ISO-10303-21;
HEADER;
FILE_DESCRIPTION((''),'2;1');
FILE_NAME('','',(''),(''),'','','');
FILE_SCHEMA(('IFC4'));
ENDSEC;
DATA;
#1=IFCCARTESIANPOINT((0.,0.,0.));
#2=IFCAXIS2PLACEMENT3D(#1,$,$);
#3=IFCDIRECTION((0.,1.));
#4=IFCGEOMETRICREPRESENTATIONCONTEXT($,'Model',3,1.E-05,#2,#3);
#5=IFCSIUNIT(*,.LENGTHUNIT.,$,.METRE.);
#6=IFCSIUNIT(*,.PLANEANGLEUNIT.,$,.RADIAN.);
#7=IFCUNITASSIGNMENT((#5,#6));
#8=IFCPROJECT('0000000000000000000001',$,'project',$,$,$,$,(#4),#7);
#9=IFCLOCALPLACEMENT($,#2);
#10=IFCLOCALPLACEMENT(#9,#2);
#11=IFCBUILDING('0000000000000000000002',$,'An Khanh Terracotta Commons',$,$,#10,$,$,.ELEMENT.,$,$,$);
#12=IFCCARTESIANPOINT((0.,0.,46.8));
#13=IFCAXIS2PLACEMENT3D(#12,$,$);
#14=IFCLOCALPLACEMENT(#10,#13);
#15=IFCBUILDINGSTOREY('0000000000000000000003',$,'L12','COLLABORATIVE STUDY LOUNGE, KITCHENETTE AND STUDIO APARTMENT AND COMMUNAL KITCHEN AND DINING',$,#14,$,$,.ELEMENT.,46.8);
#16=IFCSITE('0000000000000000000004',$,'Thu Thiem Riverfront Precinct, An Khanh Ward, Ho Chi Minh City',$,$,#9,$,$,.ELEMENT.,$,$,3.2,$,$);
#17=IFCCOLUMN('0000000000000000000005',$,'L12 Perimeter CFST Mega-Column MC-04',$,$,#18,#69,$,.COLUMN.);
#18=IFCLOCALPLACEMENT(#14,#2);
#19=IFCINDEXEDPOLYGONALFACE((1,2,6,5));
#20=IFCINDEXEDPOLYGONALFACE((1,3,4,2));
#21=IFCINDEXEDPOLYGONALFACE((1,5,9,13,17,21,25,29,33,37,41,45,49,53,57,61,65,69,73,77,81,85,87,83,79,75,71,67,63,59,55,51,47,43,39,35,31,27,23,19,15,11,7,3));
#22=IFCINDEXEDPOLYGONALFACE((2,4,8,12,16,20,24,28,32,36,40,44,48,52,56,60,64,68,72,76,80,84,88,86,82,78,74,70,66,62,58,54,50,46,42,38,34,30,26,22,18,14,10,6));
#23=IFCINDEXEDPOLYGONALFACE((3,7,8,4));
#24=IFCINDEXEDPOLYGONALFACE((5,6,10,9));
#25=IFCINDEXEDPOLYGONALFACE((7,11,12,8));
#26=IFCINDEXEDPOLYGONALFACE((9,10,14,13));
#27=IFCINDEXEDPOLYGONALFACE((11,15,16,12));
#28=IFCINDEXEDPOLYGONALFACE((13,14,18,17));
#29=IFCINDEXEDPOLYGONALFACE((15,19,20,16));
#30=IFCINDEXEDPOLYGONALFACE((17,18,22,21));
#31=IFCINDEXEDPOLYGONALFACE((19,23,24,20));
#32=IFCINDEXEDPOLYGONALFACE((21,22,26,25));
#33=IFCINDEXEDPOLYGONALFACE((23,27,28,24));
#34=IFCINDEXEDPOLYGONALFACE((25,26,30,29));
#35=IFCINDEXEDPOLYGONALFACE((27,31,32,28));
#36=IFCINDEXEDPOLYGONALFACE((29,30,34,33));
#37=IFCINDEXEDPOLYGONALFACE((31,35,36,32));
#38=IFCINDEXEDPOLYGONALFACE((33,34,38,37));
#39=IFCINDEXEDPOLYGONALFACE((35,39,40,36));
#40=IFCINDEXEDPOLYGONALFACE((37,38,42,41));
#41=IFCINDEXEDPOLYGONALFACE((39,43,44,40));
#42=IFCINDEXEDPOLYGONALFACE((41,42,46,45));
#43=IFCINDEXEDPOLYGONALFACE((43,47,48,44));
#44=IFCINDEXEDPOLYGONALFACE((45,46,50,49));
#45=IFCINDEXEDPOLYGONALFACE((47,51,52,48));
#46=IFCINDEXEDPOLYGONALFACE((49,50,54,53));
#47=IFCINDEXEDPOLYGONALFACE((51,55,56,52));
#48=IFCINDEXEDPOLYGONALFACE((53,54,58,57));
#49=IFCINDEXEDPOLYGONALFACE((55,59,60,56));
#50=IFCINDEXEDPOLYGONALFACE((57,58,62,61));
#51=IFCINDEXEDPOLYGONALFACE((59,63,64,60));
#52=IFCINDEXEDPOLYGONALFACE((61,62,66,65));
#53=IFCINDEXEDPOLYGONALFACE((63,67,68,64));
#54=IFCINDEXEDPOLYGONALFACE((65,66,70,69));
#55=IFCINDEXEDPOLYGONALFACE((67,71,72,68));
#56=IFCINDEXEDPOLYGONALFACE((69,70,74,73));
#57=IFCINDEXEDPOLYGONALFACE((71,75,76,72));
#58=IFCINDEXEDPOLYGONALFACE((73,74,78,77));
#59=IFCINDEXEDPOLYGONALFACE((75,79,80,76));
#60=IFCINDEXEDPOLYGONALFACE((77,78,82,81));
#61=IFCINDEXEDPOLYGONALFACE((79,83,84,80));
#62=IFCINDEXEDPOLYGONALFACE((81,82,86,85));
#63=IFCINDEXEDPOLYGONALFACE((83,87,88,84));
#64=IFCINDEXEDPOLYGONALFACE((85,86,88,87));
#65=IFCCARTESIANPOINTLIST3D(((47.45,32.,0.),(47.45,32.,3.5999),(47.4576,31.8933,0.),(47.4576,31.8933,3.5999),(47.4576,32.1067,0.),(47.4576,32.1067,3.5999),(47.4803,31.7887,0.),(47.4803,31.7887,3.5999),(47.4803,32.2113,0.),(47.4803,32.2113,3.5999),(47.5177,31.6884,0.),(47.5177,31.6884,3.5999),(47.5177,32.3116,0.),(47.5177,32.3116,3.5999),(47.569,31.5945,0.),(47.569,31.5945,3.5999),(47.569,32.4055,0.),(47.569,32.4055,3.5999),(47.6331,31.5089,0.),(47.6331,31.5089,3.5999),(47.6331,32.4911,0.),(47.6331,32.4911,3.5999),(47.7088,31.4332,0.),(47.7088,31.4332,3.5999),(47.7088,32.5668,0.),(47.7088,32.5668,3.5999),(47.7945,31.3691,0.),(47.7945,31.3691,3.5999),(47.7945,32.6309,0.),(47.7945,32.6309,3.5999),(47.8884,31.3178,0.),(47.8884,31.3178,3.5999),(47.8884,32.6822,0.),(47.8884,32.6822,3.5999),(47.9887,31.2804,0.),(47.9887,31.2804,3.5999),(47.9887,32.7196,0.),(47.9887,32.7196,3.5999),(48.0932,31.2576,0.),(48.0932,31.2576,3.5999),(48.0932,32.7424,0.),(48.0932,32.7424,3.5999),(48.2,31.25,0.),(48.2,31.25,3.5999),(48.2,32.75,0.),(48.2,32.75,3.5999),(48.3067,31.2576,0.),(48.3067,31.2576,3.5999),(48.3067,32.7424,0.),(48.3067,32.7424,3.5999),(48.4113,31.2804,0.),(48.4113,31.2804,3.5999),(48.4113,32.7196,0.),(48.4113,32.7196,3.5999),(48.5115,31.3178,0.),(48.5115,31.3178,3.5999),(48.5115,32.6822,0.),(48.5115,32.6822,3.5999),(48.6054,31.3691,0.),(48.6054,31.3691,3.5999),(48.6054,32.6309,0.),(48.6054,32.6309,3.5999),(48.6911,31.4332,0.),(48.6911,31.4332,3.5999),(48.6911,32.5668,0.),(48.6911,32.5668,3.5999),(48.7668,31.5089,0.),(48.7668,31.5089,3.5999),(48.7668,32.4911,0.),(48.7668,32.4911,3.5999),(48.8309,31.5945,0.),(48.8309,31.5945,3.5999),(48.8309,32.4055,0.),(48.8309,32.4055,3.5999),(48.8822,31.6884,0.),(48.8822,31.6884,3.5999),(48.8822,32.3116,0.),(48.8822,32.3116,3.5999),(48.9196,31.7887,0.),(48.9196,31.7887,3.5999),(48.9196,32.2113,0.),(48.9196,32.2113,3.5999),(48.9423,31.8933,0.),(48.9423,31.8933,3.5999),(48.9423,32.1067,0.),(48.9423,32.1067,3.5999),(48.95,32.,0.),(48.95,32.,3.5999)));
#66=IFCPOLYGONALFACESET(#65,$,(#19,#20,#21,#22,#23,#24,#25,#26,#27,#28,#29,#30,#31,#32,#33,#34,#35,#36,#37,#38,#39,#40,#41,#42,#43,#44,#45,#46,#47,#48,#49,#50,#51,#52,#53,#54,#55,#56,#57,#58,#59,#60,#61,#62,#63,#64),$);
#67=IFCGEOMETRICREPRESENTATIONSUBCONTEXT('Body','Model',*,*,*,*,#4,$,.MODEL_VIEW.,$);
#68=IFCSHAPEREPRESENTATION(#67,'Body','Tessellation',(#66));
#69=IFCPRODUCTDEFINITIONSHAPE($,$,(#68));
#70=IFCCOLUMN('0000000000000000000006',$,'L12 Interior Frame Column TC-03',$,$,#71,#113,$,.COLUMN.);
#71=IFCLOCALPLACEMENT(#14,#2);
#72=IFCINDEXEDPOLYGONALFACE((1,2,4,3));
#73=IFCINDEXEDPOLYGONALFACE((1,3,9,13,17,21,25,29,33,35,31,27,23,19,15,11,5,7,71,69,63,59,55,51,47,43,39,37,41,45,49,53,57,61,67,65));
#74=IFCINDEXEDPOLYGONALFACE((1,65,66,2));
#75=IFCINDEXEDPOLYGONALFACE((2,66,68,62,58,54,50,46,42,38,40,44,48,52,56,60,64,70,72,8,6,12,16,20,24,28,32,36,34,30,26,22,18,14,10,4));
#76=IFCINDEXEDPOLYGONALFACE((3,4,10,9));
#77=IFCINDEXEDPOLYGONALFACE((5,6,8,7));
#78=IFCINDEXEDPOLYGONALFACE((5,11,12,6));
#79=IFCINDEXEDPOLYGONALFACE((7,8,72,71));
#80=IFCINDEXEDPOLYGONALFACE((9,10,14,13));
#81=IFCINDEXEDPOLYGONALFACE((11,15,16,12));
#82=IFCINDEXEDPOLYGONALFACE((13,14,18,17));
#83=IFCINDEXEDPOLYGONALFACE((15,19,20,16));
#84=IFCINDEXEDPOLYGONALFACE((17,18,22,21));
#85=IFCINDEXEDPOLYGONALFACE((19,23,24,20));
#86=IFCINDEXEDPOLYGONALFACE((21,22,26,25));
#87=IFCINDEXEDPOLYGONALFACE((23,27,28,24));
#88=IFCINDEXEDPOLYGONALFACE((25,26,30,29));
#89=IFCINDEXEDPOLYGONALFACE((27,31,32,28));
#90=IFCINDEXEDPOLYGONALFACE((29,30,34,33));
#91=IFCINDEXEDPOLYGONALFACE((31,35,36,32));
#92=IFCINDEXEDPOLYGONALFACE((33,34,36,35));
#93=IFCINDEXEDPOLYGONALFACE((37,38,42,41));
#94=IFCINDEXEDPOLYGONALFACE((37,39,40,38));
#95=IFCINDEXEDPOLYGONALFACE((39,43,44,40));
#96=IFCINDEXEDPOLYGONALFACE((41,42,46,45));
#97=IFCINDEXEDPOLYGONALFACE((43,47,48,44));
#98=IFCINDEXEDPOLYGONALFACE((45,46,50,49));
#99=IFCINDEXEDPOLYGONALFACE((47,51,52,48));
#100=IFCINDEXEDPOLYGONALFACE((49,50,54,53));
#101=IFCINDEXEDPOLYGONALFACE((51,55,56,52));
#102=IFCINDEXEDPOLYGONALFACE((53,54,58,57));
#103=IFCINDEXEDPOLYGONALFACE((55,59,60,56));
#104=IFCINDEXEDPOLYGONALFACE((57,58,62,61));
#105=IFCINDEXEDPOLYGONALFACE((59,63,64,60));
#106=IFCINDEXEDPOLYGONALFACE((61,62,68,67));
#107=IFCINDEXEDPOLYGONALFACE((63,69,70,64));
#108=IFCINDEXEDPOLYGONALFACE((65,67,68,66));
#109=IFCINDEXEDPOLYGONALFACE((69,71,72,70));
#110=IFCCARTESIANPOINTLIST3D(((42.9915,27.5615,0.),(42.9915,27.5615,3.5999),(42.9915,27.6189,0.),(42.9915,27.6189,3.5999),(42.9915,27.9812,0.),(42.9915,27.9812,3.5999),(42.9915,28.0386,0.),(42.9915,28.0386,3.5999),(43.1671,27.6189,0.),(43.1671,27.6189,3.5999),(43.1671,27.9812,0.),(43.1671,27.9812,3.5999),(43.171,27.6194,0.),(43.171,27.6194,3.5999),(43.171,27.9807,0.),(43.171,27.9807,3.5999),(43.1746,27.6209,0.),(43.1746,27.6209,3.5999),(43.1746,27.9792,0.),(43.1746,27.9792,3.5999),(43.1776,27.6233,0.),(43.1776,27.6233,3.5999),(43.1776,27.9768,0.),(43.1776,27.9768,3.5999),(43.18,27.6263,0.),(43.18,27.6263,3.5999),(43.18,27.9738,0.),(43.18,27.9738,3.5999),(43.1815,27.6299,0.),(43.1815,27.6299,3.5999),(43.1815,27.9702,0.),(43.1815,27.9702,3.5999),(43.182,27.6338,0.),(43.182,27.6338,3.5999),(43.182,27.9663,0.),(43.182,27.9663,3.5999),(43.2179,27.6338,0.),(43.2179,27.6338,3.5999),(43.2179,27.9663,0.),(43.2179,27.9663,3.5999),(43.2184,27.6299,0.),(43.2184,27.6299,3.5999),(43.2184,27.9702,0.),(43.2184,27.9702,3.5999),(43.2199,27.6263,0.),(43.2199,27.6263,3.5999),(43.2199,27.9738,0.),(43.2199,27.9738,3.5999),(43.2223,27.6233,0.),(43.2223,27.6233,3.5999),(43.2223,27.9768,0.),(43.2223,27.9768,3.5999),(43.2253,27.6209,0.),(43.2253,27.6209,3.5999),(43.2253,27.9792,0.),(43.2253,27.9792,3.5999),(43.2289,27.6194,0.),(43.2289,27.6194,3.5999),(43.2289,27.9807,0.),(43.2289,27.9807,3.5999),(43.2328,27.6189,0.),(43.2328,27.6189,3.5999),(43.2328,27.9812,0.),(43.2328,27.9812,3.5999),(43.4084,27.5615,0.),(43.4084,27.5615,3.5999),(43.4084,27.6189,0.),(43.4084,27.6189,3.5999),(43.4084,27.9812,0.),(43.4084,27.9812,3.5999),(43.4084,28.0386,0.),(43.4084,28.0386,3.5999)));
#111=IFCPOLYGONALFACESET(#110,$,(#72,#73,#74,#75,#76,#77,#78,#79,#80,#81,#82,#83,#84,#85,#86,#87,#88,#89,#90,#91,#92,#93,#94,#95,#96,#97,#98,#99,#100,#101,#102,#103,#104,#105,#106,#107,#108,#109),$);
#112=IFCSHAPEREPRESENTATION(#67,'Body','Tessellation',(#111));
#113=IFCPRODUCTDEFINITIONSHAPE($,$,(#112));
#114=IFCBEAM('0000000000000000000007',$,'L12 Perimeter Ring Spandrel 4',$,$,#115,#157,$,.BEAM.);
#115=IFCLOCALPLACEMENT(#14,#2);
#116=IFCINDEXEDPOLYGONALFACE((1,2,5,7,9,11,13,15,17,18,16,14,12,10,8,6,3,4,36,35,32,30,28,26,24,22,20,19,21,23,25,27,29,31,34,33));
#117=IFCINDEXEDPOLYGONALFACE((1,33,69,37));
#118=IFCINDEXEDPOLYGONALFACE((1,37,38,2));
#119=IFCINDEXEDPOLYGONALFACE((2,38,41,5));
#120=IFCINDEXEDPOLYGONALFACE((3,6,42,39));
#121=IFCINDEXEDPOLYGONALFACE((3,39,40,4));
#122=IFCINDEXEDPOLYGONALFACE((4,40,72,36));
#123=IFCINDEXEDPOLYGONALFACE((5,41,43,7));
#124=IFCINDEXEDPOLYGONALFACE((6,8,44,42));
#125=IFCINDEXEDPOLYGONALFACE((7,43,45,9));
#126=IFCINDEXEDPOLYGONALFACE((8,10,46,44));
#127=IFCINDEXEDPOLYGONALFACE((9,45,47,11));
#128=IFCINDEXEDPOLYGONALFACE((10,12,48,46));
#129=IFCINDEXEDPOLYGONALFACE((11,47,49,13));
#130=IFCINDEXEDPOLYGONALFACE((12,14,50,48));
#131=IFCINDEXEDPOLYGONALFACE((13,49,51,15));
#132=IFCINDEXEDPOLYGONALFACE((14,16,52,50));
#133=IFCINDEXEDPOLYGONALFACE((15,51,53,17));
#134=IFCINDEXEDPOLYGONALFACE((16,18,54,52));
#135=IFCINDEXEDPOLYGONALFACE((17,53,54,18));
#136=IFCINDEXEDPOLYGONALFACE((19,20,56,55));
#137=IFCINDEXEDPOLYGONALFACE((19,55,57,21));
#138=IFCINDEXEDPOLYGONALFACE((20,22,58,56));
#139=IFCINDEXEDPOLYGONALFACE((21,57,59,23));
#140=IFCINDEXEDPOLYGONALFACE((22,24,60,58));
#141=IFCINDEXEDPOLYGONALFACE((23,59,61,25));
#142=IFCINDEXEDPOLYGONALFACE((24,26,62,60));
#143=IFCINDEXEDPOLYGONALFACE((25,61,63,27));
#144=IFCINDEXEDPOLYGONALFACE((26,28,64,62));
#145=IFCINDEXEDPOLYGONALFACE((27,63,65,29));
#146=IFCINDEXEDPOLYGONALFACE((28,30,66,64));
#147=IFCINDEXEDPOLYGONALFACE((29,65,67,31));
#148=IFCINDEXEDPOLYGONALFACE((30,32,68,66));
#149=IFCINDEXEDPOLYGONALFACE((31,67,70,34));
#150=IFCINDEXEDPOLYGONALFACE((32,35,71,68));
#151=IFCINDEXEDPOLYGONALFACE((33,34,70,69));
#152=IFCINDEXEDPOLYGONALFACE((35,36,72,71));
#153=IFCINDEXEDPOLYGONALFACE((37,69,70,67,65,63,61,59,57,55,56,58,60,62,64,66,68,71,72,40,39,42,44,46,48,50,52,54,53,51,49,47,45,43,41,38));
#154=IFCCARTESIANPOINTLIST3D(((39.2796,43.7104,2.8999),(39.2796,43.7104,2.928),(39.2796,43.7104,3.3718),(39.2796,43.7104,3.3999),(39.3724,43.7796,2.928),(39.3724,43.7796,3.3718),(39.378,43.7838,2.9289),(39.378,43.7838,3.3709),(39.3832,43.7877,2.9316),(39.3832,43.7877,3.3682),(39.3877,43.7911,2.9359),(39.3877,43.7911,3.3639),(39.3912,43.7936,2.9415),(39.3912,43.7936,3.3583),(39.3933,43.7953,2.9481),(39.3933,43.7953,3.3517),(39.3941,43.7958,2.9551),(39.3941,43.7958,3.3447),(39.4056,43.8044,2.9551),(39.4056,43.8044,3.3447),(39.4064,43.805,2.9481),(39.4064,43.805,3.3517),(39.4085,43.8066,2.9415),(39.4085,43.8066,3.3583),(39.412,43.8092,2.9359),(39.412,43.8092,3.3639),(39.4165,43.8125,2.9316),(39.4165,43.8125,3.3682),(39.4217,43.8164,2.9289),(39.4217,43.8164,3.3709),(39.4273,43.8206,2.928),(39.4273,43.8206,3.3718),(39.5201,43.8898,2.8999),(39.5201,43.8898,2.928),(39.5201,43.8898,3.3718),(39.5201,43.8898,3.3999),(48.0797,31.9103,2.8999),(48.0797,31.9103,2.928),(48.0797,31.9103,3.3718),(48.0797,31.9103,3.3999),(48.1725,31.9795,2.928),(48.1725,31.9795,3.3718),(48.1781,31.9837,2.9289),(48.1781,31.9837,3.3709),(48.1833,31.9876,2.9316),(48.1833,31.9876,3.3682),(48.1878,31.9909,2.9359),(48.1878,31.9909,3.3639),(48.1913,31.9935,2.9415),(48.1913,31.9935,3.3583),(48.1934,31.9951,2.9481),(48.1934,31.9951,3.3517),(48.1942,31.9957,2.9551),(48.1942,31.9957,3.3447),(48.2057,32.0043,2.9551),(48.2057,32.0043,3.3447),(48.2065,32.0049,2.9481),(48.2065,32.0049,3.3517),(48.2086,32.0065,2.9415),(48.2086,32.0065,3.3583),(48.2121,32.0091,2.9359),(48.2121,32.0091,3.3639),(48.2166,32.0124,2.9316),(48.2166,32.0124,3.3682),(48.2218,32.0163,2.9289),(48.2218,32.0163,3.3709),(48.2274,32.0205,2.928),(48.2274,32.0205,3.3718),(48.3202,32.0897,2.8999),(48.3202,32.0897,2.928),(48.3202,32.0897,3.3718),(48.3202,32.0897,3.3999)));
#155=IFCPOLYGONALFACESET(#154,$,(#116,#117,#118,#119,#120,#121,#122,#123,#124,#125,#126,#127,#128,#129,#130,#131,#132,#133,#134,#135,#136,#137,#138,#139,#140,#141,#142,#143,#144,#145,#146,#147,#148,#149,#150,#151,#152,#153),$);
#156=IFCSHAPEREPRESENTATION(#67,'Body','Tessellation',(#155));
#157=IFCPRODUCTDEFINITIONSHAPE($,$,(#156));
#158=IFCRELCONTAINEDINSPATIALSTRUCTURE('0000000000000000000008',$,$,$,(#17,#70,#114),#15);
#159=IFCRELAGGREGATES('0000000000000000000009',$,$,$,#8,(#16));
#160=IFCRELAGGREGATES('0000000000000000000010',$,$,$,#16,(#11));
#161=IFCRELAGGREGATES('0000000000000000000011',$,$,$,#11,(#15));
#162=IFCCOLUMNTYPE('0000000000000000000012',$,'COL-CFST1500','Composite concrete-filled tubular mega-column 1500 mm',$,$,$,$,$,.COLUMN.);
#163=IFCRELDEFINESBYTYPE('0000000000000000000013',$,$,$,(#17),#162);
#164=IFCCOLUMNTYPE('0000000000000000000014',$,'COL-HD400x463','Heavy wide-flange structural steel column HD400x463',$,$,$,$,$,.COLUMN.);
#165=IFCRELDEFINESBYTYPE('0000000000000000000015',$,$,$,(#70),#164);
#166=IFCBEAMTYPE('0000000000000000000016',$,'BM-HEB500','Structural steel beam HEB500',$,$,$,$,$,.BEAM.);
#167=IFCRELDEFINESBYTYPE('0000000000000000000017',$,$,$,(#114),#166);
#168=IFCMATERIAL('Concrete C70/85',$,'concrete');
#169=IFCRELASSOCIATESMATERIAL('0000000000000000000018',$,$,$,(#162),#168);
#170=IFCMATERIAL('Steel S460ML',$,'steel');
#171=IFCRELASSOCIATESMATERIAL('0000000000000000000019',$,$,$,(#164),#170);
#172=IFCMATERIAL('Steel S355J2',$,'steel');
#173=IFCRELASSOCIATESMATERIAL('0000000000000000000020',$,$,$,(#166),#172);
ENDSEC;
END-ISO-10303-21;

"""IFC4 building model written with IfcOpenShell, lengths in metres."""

from ifc_helpers import new_model, si_unit, direction, frame, origin, origin_2d, place, context, subcontext, project, spatial, circle, i_section, extrude, material, material_profile, profile_set, type_object, element, save


model = new_model("IFC4")

# Units and contexts
model_context = context("Model", 3, precision=1e-05, world=origin(), true_north=direction((0.0, 1.0)))
body_context = subcontext(model_context, "Body", "Model", "MODEL_VIEW")
ifc_project = project(units=[si_unit("LENGTHUNIT", "METRE"), si_unit("PLANEANGLEUNIT", "RADIAN")], contexts=[model_context])

# Site, building, storey
site_placement = place(None, origin())
site = spatial("IfcSite", under=ifc_project, at=site_placement, Name="Thu Thiem Riverfront Precinct, An Khanh Ward, Ho Chi Minh City", CompositionType="ELEMENT", RefElevation=3.2)
building_placement = place(site_placement, origin())
building = spatial("IfcBuilding", under=site, at=building_placement, Name="An Khanh Terracotta Commons", CompositionType="ELEMENT")
storey_placement = place(building_placement, frame((0.0, 0.0, 46.8)))
storey = spatial("IfcBuildingStorey", under=building, at=storey_placement, Name="L12", Description="COLLABORATIVE STUDY LOUNGE, KITCHENETTE AND STUDIO APARTMENT AND COMMUNAL KITCHEN AND DINING", CompositionType="ELEMENT", Elevation=46.8)

# Columns
ifc_material_1 = material(Name="Concrete C70/85", Category="concrete")
ifc_material_profile_1 = material_profile(ifc_material_1, circle(Radius=0.75, at=origin_2d()), Name="CFST1500")
ifc_profile_set_1 = profile_set([ifc_material_profile_1], Name="Concrete C70/85")
column_type_1 = type_object("IfcColumnType", Name="COL-CFST1500", Description="Composite concrete-filled tubular mega-column 1500 mm", PredefinedType="COLUMN", material=ifc_profile_set_1)
column_1_placement = place(storey_placement, frame((48.2, 32.0, 0.0), z_axis=(0.0, 0.0, 1.0), x_axis=(1.0, 0.0, 0.0)))
element("IfcColumn", 1, at=column_1_placement, inside=storey, type_object=column_type_1, Name="L12 Perimeter CFST Mega-Column MC-04", PredefinedType="COLUMN", context=body_context, shape_type="SweptSolid", body=[
    extrude(circle(Radius=0.75, at=origin_2d()), origin(), (0.0, 0.0, 1.0), 3.5999),
])
ifc_material_2 = material(Name="Steel S460ML", Category="steel")
ifc_material_profile_2 = material_profile(ifc_material_2, i_section(OverallWidth=0.417, OverallDepth=0.4771, WebThickness=0.0359, FlangeThickness=0.0574, FilletRadius=0.0149, at=origin_2d()), Name="HD400x463")
ifc_profile_set_2 = profile_set([ifc_material_profile_2], Name="Steel S460ML")
column_type_2 = type_object("IfcColumnType", Name="COL-HD400x463", Description="Heavy wide-flange structural steel column HD400x463", PredefinedType="COLUMN", material=ifc_profile_set_2)
column_2_placement = place(storey_placement, frame((43.2, 27.8, 0.0), z_axis=(0.0, 0.0, 1.0), x_axis=(1.0, 0.0, 0.0)))
element("IfcColumn", 2, at=column_2_placement, inside=storey, type_object=column_type_2, Name="L12 Interior Frame Column TC-03", PredefinedType="COLUMN", context=body_context, shape_type="SweptSolid", body=[
    extrude(i_section(OverallWidth=0.417, OverallDepth=0.4771, WebThickness=0.0359, FlangeThickness=0.0574, FilletRadius=0.0149, at=origin_2d()), origin(), (0.0, 0.0, 1.0), 3.5999),
])

# Beam
ifc_material_3 = material(Name="Steel S355J2", Category="steel")
ifc_material_profile_3 = material_profile(ifc_material_3, i_section(OverallWidth=0.3, OverallDepth=0.5, WebThickness=0.0144, FlangeThickness=0.0281, FilletRadius=0.0271, at=origin_2d()), Name="HEB500")
ifc_profile_set_3 = profile_set([ifc_material_profile_3], Name="Steel S355J2")
beam_type_1 = type_object("IfcBeamType", Name="BM-HEB500", Description="Structural steel beam HEB500", PredefinedType="BEAM", material=ifc_profile_set_3)
beam_1_placement = place(storey_placement, frame((48.2, 32.0, 3.1499), z_axis=(-0.597824, 0.801627, 0.0), x_axis=(-0.801627, -0.597824, 0.0)))
element("IfcBeam", 3, at=beam_1_placement, inside=storey, type_object=beam_type_1, Name="L12 Perimeter Ring Spandrel 4", PredefinedType="BEAM", context=body_context, shape_type="SweptSolid", body=[
    extrude(i_section(OverallWidth=0.3, OverallDepth=0.5, WebThickness=0.0144, FlangeThickness=0.0281, FilletRadius=0.0271, at=origin_2d()), origin(), (0.0, 0.0, 1.0), 14.7202),
])

save(model, "model.ifc")
